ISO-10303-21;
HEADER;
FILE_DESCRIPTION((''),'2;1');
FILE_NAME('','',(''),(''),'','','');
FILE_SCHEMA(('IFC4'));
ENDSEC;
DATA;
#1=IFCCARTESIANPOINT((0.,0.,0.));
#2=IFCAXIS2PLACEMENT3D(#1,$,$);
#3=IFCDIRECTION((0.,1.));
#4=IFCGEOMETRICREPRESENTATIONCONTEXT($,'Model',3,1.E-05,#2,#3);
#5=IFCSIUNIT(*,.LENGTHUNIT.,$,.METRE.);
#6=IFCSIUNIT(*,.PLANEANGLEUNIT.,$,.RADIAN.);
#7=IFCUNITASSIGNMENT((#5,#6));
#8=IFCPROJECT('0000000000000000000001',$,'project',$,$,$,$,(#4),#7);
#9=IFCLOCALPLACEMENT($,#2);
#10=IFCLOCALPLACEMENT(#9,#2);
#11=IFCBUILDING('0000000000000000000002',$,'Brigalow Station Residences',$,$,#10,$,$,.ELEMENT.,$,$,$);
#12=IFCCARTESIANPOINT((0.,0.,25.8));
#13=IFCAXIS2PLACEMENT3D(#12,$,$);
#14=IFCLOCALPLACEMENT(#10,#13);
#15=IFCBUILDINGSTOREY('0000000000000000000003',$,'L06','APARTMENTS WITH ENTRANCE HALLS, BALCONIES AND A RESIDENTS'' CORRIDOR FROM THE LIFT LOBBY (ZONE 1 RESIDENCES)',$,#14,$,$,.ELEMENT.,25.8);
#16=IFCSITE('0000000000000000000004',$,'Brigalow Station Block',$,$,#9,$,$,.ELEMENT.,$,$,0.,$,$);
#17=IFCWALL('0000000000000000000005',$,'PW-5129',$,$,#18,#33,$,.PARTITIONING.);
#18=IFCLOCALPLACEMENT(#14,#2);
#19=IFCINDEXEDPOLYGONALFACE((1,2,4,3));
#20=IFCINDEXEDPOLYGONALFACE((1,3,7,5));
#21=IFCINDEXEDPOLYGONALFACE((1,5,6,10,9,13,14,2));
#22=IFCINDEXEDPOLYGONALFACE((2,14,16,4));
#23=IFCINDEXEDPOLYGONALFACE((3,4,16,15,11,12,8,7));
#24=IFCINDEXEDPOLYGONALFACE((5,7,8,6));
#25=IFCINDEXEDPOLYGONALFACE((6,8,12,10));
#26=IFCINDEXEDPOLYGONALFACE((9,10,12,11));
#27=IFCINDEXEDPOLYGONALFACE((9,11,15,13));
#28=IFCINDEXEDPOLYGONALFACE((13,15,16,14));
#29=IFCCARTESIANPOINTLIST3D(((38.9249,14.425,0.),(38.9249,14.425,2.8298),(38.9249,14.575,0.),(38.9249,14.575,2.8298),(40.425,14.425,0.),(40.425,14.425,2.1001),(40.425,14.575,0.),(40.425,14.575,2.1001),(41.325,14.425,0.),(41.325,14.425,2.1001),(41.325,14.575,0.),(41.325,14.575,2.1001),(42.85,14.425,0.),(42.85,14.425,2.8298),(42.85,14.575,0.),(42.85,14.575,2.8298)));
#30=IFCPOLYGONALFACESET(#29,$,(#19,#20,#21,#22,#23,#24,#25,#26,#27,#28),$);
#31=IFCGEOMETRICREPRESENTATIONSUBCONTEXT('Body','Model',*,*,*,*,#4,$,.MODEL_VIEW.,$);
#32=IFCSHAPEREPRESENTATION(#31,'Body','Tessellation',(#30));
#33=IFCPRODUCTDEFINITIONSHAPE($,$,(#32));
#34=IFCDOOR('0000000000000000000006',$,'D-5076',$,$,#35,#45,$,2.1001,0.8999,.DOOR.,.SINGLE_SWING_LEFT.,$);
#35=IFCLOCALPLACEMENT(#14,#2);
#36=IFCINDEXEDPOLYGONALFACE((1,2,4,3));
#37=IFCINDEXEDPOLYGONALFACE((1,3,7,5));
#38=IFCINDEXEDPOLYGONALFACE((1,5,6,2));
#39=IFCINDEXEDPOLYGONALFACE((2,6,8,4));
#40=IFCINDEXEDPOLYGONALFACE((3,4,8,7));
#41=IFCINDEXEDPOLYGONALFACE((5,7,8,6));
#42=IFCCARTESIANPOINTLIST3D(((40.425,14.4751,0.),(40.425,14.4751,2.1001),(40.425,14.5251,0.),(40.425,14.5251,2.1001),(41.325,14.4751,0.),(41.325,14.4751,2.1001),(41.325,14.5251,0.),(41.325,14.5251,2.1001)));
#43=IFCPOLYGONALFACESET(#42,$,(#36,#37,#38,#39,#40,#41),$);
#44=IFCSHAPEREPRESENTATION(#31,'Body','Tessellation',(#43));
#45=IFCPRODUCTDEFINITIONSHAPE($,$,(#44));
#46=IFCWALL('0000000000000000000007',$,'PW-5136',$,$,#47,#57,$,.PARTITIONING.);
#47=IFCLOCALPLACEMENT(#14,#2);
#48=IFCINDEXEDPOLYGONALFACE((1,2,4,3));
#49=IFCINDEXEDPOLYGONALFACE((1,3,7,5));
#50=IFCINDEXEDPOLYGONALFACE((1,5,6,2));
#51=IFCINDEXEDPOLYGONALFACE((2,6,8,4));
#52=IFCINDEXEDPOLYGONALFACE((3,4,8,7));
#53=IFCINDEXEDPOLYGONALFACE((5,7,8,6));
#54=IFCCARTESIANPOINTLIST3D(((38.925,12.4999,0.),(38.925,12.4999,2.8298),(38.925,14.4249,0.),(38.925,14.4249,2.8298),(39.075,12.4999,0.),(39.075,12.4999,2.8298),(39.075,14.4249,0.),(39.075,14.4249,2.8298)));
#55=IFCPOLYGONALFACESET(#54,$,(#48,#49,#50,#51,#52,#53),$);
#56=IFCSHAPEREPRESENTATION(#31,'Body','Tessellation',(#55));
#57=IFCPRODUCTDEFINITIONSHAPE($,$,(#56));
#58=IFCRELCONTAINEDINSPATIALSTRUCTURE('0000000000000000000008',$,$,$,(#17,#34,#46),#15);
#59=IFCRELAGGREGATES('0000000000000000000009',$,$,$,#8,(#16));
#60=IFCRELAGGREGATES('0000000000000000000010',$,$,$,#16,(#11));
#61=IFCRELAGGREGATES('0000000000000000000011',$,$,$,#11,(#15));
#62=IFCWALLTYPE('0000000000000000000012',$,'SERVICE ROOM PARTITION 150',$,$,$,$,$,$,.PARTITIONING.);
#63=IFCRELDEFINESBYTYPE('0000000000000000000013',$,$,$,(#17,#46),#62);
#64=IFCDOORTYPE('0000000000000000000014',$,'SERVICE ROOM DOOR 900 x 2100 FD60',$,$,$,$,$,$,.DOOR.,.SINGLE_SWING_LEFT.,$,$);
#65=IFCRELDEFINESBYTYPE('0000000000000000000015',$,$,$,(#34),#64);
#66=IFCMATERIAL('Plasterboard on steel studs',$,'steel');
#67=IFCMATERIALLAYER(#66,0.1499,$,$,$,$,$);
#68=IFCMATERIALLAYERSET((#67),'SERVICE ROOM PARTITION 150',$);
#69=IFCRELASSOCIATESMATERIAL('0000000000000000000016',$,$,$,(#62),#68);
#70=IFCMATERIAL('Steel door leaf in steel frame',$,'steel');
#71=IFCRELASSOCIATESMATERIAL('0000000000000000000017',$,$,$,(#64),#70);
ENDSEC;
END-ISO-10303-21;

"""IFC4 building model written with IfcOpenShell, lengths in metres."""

from ifc_helpers import new_model, si_unit, direction, frame, frame_2d, origin, place, context, subcontext, project, spatial, rectangle, extrude, material, layer, layer_set, type_object, element, fill, save


model = new_model("IFC4")

# Units and contexts
model_context = context("Model", 3, precision=1e-05, world=origin(), true_north=direction((0.0, 1.0)))
body_context = subcontext(model_context, "Body", "Model", "MODEL_VIEW")
ifc_project = project(units=[si_unit("LENGTHUNIT", "METRE"), si_unit("PLANEANGLEUNIT", "RADIAN")], contexts=[model_context])

# Site, building, storey
site_placement = place(None, origin())
site = spatial("IfcSite", under=ifc_project, at=site_placement, Name="Brigalow Station Block", CompositionType="ELEMENT", RefElevation=0.0)
building_placement = place(site_placement, origin())
building = spatial("IfcBuilding", under=site, at=building_placement, Name="Brigalow Station Residences", CompositionType="ELEMENT")
storey_placement = place(building_placement, frame((0.0, 0.0, 25.8)))
storey = spatial("IfcBuildingStorey", under=building, at=storey_placement, Name="L06", Description="APARTMENTS WITH ENTRANCE HALLS, BALCONIES AND A RESIDENTS' CORRIDOR FROM THE LIFT LOBBY (ZONE 1 RESIDENCES)", CompositionType="ELEMENT", Elevation=25.8)

# Wall, opening, door
ifc_material_1 = material(Name="Plasterboard on steel studs", Category="steel")
ifc_layer_1 = layer(ifc_material_1, 0.1499)
ifc_layer_set_1 = layer_set([ifc_layer_1], Name="SERVICE ROOM PARTITION 150")
wall_type_1 = type_object("IfcWallType", Name="SERVICE ROOM PARTITION 150", PredefinedType="PARTITIONING", material=ifc_layer_set_1)
wall_1_placement = place(storey_placement, frame((38.925, 14.5, 0.0), z_axis=(0.0, 0.0, 1.0), x_axis=(1.0, 0.0, 0.0)))
wall_1 = element("IfcWall", 1, at=wall_1_placement, inside=storey, type_object=wall_type_1, Name="PW-5129", PredefinedType="PARTITIONING", context=body_context, shape_type="SweptSolid", body=[
    extrude(rectangle(XDim=3.925, YDim=0.1499, at=frame_2d((1.9624, 0.0))), origin(), (0.0, 0.0, 1.0), 2.8298),
])
opening_1_placement = place(wall_1_placement, frame((1.5, 0.0, 0.0)))
opening_1 = element("IfcOpeningElement", 2, at=opening_1_placement, cuts=wall_1, PredefinedType="OPENING", context=body_context, shape_type="SweptSolid", body=[
    extrude(rectangle(XDim=0.8999, YDim=2.1001, at=frame_2d((0.45, 1.05))), frame((0.0, 0.085, 0.0), z_axis=(0.0, -1.0, 0.0), x_axis=(1.0, 0.0, 0.0)), (0.0, 0.0, 1.0), 0.1699),
])
ifc_material_2 = material(Name="Steel door leaf in steel frame", Category="steel")
door_type_1 = type_object("IfcDoorType", Name="SERVICE ROOM DOOR 900 x 2100 FD60", OperationType="SINGLE_SWING_LEFT", PredefinedType="DOOR", material=ifc_material_2)
door_1_placement = place(opening_1_placement, frame((0.8999, 0.0, 0.0), z_axis=(0.0, 0.0, 1.0), x_axis=(-1.0, 0.0, 0.0)))
door_1 = element("IfcDoor", 3, at=door_1_placement, inside=storey, type_object=door_type_1, Name="D-5076", OperationType="SINGLE_SWING_LEFT", OverallHeight=2.1001, OverallWidth=0.8999, PredefinedType="DOOR", context=body_context, shape_type="SweptSolid", body=[
    extrude(rectangle(XDim=0.8999, YDim=2.1001, at=frame_2d((0.45, 1.05))), frame((0.0, 0.0249, 0.0), z_axis=(0.0, -1.0, 0.0), x_axis=(1.0, 0.0, 0.0)), (0.0, 0.0, 1.0), 0.05),
])
fill(opening_1, door_1)

# Wall
wall_2_placement = place(storey_placement, frame((39.0, 12.5, 0.0), z_axis=(0.0, 0.0, 1.0), x_axis=(0.0, 1.0, 0.0)))
element("IfcWall", 4, at=wall_2_placement, inside=storey, type_object=wall_type_1, Name="PW-5136", PredefinedType="PARTITIONING", context=body_context, shape_type="SweptSolid", body=[
    extrude(rectangle(XDim=1.925, YDim=0.1499, at=frame_2d((0.9624, 0.0))), origin(), (0.0, 0.0, 1.0), 2.8298),
])

save(model, "model.ifc")
